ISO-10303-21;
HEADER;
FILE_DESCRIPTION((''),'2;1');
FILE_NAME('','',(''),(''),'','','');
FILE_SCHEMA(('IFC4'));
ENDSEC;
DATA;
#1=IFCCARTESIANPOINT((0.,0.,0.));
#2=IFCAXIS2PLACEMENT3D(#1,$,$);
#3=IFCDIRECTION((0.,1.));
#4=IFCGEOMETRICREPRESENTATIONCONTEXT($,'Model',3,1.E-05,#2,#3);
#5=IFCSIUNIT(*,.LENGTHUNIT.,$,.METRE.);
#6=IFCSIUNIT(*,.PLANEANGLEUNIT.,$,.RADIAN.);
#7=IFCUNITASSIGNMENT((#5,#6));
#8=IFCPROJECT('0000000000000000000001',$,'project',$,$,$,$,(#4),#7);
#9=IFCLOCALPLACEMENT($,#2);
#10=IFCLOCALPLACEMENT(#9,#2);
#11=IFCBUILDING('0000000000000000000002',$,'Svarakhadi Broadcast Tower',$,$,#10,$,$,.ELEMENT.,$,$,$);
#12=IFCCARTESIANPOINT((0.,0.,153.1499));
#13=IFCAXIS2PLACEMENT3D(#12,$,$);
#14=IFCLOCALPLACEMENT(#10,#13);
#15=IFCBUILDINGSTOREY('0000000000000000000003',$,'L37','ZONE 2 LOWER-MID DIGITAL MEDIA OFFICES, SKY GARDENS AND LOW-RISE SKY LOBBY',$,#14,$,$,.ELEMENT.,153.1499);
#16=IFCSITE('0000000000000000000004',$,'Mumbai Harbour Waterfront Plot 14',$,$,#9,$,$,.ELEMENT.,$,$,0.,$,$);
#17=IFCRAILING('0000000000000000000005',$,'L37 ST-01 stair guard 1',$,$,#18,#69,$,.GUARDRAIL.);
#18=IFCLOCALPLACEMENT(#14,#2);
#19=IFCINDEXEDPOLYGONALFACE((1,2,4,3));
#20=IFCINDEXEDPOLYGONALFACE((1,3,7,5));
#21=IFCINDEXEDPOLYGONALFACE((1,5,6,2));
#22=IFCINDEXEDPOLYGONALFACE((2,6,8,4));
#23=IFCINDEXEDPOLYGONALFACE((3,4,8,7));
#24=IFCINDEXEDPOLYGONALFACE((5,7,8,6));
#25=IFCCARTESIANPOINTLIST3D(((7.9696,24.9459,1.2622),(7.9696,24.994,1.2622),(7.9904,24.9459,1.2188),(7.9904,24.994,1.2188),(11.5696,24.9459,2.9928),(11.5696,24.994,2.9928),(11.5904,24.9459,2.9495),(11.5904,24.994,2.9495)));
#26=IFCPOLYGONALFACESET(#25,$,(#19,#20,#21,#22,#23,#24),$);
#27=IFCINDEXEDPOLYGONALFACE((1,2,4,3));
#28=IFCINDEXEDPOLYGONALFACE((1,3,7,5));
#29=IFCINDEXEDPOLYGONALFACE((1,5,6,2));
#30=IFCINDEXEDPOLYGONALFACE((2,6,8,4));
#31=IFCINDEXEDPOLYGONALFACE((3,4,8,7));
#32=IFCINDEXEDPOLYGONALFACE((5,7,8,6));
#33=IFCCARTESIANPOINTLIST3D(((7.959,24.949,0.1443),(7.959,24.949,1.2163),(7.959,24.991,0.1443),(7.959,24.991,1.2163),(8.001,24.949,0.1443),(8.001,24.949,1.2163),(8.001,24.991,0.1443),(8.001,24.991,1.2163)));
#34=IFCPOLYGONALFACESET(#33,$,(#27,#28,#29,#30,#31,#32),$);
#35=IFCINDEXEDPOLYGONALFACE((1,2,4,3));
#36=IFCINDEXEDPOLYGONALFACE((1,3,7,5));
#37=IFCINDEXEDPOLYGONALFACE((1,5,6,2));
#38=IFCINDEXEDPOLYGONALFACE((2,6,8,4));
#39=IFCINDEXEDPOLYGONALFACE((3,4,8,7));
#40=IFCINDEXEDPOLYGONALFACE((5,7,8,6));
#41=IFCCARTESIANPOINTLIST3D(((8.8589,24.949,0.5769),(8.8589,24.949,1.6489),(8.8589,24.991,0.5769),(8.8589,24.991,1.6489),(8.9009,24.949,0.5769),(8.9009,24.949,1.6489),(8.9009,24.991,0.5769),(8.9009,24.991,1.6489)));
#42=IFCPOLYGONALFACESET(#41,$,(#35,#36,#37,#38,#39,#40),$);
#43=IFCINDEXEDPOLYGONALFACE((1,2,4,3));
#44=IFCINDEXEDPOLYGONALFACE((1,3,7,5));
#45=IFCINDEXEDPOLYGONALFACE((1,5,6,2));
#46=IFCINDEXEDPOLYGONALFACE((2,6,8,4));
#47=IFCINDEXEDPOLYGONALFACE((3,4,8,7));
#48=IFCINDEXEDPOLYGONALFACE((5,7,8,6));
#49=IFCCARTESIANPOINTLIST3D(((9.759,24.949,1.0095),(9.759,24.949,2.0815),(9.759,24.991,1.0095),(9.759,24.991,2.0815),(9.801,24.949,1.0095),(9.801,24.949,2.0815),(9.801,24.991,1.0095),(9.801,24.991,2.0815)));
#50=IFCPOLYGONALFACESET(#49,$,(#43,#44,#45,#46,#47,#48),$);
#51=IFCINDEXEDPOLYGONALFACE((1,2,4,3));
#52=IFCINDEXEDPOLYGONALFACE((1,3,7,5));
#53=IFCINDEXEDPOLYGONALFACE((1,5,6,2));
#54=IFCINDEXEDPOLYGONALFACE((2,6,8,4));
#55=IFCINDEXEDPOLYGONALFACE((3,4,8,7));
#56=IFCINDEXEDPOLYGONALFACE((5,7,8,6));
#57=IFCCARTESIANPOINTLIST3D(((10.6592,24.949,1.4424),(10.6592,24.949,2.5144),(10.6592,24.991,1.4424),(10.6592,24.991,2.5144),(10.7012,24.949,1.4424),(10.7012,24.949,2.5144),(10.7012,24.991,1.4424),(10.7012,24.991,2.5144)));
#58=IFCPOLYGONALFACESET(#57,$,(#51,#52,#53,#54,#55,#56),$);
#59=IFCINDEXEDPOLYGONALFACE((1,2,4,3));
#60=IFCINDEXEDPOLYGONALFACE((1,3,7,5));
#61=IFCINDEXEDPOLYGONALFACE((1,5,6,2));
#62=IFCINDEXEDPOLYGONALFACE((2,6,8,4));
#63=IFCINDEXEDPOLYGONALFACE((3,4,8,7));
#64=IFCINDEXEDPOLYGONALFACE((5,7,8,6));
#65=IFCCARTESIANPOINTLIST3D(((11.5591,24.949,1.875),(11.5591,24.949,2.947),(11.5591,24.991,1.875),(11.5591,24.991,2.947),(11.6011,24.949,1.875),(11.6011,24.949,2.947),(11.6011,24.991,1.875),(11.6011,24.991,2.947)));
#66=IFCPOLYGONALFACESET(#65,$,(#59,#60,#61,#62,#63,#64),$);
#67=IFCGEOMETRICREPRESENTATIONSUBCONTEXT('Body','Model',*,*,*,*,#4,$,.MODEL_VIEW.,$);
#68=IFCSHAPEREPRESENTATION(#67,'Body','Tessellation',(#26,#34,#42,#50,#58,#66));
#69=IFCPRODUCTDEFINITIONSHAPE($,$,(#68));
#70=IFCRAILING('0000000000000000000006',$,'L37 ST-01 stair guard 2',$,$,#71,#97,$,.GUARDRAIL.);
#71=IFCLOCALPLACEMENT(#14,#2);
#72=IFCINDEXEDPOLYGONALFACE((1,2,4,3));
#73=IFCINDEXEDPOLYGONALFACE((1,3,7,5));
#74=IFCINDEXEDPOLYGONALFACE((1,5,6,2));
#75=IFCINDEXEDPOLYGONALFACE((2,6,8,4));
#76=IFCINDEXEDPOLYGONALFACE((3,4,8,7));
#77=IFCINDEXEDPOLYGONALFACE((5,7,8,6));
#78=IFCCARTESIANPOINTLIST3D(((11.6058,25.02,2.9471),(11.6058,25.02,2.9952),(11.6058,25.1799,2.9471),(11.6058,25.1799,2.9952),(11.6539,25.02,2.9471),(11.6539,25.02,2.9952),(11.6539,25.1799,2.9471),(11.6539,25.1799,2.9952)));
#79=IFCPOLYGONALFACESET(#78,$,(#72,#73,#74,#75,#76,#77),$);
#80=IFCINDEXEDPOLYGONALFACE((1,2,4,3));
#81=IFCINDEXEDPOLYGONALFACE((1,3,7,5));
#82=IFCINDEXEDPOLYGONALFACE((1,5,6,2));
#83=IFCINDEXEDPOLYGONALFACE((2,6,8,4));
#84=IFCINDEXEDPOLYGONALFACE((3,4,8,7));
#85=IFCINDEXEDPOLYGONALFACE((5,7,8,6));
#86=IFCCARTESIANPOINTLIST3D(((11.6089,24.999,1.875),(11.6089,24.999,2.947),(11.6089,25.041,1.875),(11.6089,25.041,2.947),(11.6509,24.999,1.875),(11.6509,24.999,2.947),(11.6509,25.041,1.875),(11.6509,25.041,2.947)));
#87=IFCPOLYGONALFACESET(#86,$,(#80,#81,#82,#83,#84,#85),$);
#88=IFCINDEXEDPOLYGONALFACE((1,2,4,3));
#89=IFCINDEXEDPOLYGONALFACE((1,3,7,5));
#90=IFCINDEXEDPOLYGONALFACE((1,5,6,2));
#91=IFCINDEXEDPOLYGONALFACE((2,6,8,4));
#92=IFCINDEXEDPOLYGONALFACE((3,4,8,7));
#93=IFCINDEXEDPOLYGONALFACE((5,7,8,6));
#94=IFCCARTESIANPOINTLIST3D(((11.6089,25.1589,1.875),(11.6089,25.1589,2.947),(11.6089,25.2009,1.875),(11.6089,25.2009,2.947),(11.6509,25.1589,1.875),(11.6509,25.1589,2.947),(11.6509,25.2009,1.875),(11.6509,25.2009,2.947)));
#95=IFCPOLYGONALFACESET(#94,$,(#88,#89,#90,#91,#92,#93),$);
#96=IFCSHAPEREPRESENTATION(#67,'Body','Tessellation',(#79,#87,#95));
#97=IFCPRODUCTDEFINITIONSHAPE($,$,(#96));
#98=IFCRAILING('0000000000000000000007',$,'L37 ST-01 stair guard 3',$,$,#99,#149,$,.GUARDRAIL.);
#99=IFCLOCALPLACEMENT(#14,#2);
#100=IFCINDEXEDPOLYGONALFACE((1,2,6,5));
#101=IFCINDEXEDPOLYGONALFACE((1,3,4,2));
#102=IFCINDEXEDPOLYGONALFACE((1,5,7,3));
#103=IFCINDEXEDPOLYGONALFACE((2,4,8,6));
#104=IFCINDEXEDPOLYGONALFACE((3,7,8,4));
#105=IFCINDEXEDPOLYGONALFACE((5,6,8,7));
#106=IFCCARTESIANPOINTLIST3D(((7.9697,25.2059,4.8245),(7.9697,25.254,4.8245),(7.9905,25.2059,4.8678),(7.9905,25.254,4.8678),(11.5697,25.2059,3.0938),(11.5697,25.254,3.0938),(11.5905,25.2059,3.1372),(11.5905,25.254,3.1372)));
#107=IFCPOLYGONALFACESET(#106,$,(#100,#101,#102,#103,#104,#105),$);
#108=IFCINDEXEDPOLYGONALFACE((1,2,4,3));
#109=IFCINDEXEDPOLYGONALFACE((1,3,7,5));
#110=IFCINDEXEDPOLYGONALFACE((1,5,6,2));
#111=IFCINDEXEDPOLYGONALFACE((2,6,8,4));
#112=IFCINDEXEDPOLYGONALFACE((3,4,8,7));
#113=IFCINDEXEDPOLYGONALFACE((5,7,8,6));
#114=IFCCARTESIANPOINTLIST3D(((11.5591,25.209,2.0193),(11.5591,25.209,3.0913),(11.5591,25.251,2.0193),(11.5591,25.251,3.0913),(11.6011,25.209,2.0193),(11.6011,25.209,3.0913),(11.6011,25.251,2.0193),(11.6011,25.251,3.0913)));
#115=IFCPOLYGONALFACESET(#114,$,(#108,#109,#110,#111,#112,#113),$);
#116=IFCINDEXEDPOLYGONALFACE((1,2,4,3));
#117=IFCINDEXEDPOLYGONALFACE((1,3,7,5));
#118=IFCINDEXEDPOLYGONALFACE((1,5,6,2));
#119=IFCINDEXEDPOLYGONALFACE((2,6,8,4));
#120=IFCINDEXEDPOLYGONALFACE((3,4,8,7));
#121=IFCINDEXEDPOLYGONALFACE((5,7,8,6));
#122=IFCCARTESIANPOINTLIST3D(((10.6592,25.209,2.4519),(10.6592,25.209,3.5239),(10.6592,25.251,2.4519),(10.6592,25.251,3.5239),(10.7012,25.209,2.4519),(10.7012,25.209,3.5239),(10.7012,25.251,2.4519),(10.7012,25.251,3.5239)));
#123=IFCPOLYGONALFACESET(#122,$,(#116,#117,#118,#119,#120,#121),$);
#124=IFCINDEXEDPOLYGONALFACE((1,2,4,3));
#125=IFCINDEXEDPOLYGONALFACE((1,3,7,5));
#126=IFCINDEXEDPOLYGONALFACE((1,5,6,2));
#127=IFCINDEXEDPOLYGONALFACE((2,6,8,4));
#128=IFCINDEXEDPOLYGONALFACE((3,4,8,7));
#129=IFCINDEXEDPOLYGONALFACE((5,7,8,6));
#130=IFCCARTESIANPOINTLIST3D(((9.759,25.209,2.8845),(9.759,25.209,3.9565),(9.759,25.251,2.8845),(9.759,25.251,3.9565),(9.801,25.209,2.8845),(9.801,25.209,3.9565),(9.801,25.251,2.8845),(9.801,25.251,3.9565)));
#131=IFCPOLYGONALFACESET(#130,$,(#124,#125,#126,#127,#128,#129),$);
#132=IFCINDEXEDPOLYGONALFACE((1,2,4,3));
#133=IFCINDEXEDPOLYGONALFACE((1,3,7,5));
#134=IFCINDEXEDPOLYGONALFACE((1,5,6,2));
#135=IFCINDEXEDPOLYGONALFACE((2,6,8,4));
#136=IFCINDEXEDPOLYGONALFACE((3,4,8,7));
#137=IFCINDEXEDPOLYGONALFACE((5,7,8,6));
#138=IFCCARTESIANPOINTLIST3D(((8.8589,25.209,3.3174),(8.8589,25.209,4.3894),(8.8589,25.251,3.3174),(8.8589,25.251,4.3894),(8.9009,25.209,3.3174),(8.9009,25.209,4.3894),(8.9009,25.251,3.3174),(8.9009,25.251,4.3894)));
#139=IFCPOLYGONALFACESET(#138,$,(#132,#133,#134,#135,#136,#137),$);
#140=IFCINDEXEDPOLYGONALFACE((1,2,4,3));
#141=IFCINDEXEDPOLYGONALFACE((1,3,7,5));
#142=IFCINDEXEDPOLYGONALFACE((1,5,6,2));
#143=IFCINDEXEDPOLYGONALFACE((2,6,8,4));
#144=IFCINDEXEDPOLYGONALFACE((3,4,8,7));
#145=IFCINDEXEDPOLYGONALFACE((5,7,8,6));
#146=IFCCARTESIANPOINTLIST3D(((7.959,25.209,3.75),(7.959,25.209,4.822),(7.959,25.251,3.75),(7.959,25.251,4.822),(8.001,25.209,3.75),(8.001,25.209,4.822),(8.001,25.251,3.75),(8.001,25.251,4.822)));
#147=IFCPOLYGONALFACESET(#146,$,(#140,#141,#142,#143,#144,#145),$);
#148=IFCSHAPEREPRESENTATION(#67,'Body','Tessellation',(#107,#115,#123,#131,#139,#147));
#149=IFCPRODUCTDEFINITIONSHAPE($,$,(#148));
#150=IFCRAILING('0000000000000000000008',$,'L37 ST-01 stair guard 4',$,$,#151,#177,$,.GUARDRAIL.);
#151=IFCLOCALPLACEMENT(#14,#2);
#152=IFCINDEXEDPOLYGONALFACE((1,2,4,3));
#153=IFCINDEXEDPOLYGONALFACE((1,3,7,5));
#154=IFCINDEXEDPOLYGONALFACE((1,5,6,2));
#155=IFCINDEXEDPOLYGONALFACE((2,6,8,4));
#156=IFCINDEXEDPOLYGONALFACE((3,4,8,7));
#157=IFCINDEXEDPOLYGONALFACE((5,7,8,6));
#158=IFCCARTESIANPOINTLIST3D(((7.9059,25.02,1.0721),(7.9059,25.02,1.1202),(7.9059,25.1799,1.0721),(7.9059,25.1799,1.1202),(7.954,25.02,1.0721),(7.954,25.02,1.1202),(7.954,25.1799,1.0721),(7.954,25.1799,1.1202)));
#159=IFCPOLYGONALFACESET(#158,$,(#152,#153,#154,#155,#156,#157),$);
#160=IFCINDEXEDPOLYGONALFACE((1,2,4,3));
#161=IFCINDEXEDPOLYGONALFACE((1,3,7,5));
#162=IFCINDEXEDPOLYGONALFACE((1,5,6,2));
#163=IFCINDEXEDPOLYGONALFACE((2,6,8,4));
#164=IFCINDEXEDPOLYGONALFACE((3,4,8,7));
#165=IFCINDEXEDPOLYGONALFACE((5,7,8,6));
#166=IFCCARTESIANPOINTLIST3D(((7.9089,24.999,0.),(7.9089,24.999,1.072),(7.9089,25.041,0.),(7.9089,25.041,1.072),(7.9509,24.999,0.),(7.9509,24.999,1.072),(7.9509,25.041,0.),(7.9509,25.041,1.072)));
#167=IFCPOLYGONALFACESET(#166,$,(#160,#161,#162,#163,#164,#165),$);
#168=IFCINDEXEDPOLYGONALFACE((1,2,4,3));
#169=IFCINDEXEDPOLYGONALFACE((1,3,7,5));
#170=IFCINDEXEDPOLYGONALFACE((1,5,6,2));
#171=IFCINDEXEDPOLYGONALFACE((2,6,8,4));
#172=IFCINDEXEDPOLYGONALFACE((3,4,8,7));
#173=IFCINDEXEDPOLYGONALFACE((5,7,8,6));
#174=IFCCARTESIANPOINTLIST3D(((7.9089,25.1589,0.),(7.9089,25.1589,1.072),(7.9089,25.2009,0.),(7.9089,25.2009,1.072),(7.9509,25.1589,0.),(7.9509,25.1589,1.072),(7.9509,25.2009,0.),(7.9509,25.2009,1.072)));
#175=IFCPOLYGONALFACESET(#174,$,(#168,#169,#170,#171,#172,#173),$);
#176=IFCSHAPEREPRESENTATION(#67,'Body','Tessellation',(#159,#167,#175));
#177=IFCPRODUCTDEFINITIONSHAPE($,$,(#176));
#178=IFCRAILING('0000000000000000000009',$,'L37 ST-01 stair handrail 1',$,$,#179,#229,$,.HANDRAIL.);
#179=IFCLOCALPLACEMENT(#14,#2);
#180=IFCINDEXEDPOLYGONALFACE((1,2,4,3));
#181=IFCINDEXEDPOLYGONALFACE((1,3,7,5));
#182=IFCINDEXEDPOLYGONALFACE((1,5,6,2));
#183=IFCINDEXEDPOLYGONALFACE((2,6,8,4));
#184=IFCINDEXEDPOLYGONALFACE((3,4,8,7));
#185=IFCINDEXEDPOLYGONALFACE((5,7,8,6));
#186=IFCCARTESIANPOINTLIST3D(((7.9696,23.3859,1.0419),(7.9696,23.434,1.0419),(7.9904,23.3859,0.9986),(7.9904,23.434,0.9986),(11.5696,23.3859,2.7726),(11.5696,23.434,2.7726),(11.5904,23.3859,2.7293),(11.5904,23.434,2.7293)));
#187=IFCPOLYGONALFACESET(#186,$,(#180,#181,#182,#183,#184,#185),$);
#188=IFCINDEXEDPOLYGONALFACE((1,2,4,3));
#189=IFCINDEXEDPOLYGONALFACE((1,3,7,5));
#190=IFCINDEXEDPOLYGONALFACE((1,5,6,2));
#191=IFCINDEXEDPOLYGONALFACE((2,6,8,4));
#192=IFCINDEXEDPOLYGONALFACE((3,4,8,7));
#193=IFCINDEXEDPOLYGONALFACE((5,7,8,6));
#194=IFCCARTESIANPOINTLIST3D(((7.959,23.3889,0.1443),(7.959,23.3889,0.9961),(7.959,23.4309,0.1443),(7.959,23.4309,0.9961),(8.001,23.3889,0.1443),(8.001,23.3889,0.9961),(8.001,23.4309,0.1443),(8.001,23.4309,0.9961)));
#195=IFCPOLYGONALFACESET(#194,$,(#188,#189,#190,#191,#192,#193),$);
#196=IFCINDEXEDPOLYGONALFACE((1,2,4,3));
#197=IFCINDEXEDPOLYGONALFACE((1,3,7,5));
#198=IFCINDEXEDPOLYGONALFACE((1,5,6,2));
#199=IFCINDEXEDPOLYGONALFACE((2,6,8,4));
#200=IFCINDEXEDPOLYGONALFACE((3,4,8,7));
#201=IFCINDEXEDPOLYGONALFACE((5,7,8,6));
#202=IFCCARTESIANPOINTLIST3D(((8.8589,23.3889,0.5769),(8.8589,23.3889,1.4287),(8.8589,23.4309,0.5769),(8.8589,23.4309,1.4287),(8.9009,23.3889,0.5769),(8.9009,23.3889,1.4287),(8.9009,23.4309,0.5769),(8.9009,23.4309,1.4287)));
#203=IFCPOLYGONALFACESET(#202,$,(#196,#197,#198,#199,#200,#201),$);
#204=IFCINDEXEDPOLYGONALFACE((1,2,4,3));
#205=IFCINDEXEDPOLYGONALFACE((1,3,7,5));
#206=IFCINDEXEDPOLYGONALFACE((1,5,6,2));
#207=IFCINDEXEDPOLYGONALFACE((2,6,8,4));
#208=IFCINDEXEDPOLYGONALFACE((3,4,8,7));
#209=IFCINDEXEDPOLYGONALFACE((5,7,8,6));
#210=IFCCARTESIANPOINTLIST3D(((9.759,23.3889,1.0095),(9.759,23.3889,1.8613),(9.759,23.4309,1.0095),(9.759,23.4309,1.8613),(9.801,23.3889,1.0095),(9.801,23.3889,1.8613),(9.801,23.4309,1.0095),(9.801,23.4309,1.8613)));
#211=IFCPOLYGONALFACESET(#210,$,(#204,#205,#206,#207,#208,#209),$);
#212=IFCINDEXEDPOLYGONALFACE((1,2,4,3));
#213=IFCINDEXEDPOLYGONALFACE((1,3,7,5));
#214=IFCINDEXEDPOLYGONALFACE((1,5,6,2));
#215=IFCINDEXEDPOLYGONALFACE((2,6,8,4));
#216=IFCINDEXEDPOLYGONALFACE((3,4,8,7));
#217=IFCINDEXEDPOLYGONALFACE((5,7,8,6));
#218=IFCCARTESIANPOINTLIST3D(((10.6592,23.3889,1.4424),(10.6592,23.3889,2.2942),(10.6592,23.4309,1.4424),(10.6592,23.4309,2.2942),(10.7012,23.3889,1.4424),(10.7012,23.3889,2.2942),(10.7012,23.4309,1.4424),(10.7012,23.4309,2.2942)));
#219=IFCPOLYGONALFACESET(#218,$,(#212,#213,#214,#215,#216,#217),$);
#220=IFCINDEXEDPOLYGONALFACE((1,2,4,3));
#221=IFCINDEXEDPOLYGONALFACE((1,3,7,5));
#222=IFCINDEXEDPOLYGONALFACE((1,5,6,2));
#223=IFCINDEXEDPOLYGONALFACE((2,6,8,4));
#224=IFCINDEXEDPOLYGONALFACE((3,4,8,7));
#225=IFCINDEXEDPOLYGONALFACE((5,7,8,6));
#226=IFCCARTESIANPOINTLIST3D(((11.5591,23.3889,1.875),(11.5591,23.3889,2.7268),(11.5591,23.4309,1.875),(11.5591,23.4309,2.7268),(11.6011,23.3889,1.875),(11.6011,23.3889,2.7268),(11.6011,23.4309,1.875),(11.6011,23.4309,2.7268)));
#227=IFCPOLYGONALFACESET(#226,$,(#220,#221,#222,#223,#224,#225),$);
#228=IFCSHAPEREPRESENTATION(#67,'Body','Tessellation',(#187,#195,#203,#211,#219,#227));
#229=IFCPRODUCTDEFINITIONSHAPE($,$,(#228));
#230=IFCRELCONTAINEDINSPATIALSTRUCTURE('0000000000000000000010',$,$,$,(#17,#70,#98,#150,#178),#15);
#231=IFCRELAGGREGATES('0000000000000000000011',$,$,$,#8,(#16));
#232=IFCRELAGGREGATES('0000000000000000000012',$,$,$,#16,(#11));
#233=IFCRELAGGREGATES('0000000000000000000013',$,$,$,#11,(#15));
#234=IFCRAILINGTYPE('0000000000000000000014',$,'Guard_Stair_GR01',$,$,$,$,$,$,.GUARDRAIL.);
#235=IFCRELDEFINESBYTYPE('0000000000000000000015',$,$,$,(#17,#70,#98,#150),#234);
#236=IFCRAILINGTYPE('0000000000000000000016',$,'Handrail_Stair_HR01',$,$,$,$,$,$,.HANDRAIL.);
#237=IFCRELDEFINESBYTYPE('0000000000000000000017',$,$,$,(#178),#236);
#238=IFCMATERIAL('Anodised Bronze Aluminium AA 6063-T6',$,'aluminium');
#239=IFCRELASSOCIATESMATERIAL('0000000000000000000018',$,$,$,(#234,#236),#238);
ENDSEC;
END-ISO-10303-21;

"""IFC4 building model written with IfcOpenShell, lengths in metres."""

from ifc_helpers import new_model, si_unit, direction, frame, origin, origin_2d, place, context, subcontext, project, spatial, rectangle, extrude, material, type_object, element, save


model = new_model("IFC4")

# Units and contexts
model_context = context("Model", 3, precision=1e-05, world=origin(), true_north=direction((0.0, 1.0)))
body_context = subcontext(model_context, "Body", "Model", "MODEL_VIEW")
ifc_project = project(units=[si_unit("LENGTHUNIT", "METRE"), si_unit("PLANEANGLEUNIT", "RADIAN")], contexts=[model_context])

# Site, building, storey
site_placement = place(None, origin())
site = spatial("IfcSite", under=ifc_project, at=site_placement, Name="Mumbai Harbour Waterfront Plot 14", CompositionType="ELEMENT", RefElevation=0.0)
building_placement = place(site_placement, origin())
building = spatial("IfcBuilding", under=site, at=building_placement, Name="Svarakhadi Broadcast Tower", CompositionType="ELEMENT")
storey_placement = place(building_placement, frame((0.0, 0.0, 153.1499)))
storey = spatial("IfcBuildingStorey", under=building, at=storey_placement, Name="L37", Description="ZONE 2 LOWER-MID DIGITAL MEDIA OFFICES, SKY GARDENS AND LOW-RISE SKY LOBBY", CompositionType="ELEMENT", Elevation=153.1499)

# Railings
ifc_material_1 = material(Name="Anodised Bronze Aluminium AA 6063-T6", Category="aluminium")
railing_type_1 = type_object("IfcRailingType", Name="Guard_Stair_GR01", PredefinedType="GUARDRAIL", material=ifc_material_1)
railing_1_placement = place(storey_placement, frame((7.98, 24.97, 0.1443)))
element("IfcRailing", 1, at=railing_1_placement, inside=storey, type_object=railing_type_1, Name="L37 ST-01 stair guard 1", PredefinedType="GUARDRAIL", context=body_context, shape_type="SweptSolid", body=[
    extrude(rectangle(XDim=0.0481, YDim=0.0481, at=origin_2d()), frame((0.0, 0.0, 1.0962), z_axis=(0.901263, 0.0, 0.433273), x_axis=(0.0, 1.0, 0.0)), (0.0, 0.0, 1.0), 3.9944),
    extrude(rectangle(XDim=0.042, YDim=0.042, at=origin_2d()), origin(), (0.0, 0.0, 1.0), 1.072),
    extrude(rectangle(XDim=0.042, YDim=0.042, at=origin_2d()), frame((0.8999, 0.0, 0.4326)), (0.0, 0.0, 1.0), 1.072),
    extrude(rectangle(XDim=0.042, YDim=0.042, at=origin_2d()), frame((1.8, 0.0, 0.8652)), (0.0, 0.0, 1.0), 1.072),
    extrude(rectangle(XDim=0.042, YDim=0.042, at=origin_2d()), frame((2.7002, 0.0, 1.2981)), (0.0, 0.0, 1.0), 1.072),
    extrude(rectangle(XDim=0.042, YDim=0.042, at=origin_2d()), frame((3.6001, 0.0, 1.7307)), (0.0, 0.0, 1.0), 1.072),
])
railing_2_placement = place(storey_placement, frame((11.6299, 25.02, 1.875)))
element("IfcRailing", 2, at=railing_2_placement, inside=storey, type_object=railing_type_1, Name="L37 ST-01 stair guard 2", PredefinedType="GUARDRAIL", context=body_context, shape_type="SweptSolid", body=[
    extrude(rectangle(XDim=0.0481, YDim=0.0481, at=origin_2d()), frame((0.0, 0.0, 1.0962), z_axis=(0.0, 1.0, 0.0), x_axis=(-1.0, 0.0, 0.0)), (0.0, 0.0, 1.0), 0.1599),
    extrude(rectangle(XDim=0.042, YDim=0.042, at=origin_2d()), origin(), (0.0, 0.0, 1.0), 1.072),
    extrude(rectangle(XDim=0.042, YDim=0.042, at=origin_2d()), frame((0.0, 0.1599, 0.0)), (0.0, 0.0, 1.0), 1.072),
])
railing_3_placement = place(storey_placement, frame((11.5801, 25.23, 2.0193)))
element("IfcRailing", 3, at=railing_3_placement, inside=storey, type_object=railing_type_1, Name="L37 ST-01 stair guard 3", PredefinedType="GUARDRAIL", context=body_context, shape_type="SweptSolid", body=[
    extrude(rectangle(XDim=0.0481, YDim=0.0481, at=origin_2d()), frame((0.0, 0.0, 1.0962), z_axis=(-0.901263, 0.0, 0.433273), x_axis=(0.0, -1.0, 0.0)), (0.0, 0.0, 1.0), 3.9944),
    extrude(rectangle(XDim=0.042, YDim=0.042, at=origin_2d()), origin(), (0.0, 0.0, 1.0), 1.072),
    extrude(rectangle(XDim=0.042, YDim=0.042, at=origin_2d()), frame((-0.8999, 0.0, 0.4326)), (0.0, 0.0, 1.0), 1.072),
    extrude(rectangle(XDim=0.042, YDim=0.042, at=origin_2d()), frame((-1.8, 0.0, 0.8652)), (0.0, 0.0, 1.0), 1.072),
    extrude(rectangle(XDim=0.042, YDim=0.042, at=origin_2d()), frame((-2.7002, 0.0, 1.2981)), (0.0, 0.0, 1.0), 1.072),
    extrude(rectangle(XDim=0.042, YDim=0.042, at=origin_2d()), frame((-3.6001, 0.0, 1.7307)), (0.0, 0.0, 1.0), 1.072),
])
railing_4_placement = place(storey_placement, frame((7.9299, 25.02, 0.0)))
element("IfcRailing", 4, at=railing_4_placement, inside=storey, type_object=railing_type_1, Name="L37 ST-01 stair guard 4", PredefinedType="GUARDRAIL", context=body_context, shape_type="SweptSolid", body=[
    extrude(rectangle(XDim=0.0481, YDim=0.0481, at=origin_2d()), frame((0.0, 0.0, 1.0962), z_axis=(0.0, 1.0, 0.0), x_axis=(-1.0, 0.0, 0.0)), (0.0, 0.0, 1.0), 0.1599),
    extrude(rectangle(XDim=0.042, YDim=0.042, at=origin_2d()), origin(), (0.0, 0.0, 1.0), 1.072),
    extrude(rectangle(XDim=0.042, YDim=0.042, at=origin_2d()), frame((0.0, 0.1599, 0.0)), (0.0, 0.0, 1.0), 1.072),
])
railing_type_2 = type_object("IfcRailingType", Name="Handrail_Stair_HR01", PredefinedType="HANDRAIL", material=ifc_material_1)
railing_5_placement = place(storey_placement, frame((7.98, 23.4099, 0.1443)))
element("IfcRailing", 5, at=railing_5_placement, inside=storey, type_object=railing_type_2, Name="L37 ST-01 stair handrail 1", PredefinedType="HANDRAIL", context=body_context, shape_type="SweptSolid", body=[
    extrude(rectangle(XDim=0.0481, YDim=0.0481, at=origin_2d()), frame((0.0, 0.0, 0.876), z_axis=(0.901263, 0.0, 0.433273), x_axis=(0.0, 1.0, 0.0)), (0.0, 0.0, 1.0), 3.9944),
    extrude(rectangle(XDim=0.042, YDim=0.042, at=origin_2d()), origin(), (0.0, 0.0, 1.0), 0.8518),
    extrude(rectangle(XDim=0.042, YDim=0.042, at=origin_2d()), frame((0.8999, 0.0, 0.4326)), (0.0, 0.0, 1.0), 0.8518),
    extrude(rectangle(XDim=0.042, YDim=0.042, at=origin_2d()), frame((1.8, 0.0, 0.8652)), (0.0, 0.0, 1.0), 0.8518),
    extrude(rectangle(XDim=0.042, YDim=0.042, at=origin_2d()), frame((2.7002, 0.0, 1.2981)), (0.0, 0.0, 1.0), 0.8518),
    extrude(rectangle(XDim=0.042, YDim=0.042, at=origin_2d()), frame((3.6001, 0.0, 1.7307)), (0.0, 0.0, 1.0), 0.8518),
])

save(model, "model.ifc")
